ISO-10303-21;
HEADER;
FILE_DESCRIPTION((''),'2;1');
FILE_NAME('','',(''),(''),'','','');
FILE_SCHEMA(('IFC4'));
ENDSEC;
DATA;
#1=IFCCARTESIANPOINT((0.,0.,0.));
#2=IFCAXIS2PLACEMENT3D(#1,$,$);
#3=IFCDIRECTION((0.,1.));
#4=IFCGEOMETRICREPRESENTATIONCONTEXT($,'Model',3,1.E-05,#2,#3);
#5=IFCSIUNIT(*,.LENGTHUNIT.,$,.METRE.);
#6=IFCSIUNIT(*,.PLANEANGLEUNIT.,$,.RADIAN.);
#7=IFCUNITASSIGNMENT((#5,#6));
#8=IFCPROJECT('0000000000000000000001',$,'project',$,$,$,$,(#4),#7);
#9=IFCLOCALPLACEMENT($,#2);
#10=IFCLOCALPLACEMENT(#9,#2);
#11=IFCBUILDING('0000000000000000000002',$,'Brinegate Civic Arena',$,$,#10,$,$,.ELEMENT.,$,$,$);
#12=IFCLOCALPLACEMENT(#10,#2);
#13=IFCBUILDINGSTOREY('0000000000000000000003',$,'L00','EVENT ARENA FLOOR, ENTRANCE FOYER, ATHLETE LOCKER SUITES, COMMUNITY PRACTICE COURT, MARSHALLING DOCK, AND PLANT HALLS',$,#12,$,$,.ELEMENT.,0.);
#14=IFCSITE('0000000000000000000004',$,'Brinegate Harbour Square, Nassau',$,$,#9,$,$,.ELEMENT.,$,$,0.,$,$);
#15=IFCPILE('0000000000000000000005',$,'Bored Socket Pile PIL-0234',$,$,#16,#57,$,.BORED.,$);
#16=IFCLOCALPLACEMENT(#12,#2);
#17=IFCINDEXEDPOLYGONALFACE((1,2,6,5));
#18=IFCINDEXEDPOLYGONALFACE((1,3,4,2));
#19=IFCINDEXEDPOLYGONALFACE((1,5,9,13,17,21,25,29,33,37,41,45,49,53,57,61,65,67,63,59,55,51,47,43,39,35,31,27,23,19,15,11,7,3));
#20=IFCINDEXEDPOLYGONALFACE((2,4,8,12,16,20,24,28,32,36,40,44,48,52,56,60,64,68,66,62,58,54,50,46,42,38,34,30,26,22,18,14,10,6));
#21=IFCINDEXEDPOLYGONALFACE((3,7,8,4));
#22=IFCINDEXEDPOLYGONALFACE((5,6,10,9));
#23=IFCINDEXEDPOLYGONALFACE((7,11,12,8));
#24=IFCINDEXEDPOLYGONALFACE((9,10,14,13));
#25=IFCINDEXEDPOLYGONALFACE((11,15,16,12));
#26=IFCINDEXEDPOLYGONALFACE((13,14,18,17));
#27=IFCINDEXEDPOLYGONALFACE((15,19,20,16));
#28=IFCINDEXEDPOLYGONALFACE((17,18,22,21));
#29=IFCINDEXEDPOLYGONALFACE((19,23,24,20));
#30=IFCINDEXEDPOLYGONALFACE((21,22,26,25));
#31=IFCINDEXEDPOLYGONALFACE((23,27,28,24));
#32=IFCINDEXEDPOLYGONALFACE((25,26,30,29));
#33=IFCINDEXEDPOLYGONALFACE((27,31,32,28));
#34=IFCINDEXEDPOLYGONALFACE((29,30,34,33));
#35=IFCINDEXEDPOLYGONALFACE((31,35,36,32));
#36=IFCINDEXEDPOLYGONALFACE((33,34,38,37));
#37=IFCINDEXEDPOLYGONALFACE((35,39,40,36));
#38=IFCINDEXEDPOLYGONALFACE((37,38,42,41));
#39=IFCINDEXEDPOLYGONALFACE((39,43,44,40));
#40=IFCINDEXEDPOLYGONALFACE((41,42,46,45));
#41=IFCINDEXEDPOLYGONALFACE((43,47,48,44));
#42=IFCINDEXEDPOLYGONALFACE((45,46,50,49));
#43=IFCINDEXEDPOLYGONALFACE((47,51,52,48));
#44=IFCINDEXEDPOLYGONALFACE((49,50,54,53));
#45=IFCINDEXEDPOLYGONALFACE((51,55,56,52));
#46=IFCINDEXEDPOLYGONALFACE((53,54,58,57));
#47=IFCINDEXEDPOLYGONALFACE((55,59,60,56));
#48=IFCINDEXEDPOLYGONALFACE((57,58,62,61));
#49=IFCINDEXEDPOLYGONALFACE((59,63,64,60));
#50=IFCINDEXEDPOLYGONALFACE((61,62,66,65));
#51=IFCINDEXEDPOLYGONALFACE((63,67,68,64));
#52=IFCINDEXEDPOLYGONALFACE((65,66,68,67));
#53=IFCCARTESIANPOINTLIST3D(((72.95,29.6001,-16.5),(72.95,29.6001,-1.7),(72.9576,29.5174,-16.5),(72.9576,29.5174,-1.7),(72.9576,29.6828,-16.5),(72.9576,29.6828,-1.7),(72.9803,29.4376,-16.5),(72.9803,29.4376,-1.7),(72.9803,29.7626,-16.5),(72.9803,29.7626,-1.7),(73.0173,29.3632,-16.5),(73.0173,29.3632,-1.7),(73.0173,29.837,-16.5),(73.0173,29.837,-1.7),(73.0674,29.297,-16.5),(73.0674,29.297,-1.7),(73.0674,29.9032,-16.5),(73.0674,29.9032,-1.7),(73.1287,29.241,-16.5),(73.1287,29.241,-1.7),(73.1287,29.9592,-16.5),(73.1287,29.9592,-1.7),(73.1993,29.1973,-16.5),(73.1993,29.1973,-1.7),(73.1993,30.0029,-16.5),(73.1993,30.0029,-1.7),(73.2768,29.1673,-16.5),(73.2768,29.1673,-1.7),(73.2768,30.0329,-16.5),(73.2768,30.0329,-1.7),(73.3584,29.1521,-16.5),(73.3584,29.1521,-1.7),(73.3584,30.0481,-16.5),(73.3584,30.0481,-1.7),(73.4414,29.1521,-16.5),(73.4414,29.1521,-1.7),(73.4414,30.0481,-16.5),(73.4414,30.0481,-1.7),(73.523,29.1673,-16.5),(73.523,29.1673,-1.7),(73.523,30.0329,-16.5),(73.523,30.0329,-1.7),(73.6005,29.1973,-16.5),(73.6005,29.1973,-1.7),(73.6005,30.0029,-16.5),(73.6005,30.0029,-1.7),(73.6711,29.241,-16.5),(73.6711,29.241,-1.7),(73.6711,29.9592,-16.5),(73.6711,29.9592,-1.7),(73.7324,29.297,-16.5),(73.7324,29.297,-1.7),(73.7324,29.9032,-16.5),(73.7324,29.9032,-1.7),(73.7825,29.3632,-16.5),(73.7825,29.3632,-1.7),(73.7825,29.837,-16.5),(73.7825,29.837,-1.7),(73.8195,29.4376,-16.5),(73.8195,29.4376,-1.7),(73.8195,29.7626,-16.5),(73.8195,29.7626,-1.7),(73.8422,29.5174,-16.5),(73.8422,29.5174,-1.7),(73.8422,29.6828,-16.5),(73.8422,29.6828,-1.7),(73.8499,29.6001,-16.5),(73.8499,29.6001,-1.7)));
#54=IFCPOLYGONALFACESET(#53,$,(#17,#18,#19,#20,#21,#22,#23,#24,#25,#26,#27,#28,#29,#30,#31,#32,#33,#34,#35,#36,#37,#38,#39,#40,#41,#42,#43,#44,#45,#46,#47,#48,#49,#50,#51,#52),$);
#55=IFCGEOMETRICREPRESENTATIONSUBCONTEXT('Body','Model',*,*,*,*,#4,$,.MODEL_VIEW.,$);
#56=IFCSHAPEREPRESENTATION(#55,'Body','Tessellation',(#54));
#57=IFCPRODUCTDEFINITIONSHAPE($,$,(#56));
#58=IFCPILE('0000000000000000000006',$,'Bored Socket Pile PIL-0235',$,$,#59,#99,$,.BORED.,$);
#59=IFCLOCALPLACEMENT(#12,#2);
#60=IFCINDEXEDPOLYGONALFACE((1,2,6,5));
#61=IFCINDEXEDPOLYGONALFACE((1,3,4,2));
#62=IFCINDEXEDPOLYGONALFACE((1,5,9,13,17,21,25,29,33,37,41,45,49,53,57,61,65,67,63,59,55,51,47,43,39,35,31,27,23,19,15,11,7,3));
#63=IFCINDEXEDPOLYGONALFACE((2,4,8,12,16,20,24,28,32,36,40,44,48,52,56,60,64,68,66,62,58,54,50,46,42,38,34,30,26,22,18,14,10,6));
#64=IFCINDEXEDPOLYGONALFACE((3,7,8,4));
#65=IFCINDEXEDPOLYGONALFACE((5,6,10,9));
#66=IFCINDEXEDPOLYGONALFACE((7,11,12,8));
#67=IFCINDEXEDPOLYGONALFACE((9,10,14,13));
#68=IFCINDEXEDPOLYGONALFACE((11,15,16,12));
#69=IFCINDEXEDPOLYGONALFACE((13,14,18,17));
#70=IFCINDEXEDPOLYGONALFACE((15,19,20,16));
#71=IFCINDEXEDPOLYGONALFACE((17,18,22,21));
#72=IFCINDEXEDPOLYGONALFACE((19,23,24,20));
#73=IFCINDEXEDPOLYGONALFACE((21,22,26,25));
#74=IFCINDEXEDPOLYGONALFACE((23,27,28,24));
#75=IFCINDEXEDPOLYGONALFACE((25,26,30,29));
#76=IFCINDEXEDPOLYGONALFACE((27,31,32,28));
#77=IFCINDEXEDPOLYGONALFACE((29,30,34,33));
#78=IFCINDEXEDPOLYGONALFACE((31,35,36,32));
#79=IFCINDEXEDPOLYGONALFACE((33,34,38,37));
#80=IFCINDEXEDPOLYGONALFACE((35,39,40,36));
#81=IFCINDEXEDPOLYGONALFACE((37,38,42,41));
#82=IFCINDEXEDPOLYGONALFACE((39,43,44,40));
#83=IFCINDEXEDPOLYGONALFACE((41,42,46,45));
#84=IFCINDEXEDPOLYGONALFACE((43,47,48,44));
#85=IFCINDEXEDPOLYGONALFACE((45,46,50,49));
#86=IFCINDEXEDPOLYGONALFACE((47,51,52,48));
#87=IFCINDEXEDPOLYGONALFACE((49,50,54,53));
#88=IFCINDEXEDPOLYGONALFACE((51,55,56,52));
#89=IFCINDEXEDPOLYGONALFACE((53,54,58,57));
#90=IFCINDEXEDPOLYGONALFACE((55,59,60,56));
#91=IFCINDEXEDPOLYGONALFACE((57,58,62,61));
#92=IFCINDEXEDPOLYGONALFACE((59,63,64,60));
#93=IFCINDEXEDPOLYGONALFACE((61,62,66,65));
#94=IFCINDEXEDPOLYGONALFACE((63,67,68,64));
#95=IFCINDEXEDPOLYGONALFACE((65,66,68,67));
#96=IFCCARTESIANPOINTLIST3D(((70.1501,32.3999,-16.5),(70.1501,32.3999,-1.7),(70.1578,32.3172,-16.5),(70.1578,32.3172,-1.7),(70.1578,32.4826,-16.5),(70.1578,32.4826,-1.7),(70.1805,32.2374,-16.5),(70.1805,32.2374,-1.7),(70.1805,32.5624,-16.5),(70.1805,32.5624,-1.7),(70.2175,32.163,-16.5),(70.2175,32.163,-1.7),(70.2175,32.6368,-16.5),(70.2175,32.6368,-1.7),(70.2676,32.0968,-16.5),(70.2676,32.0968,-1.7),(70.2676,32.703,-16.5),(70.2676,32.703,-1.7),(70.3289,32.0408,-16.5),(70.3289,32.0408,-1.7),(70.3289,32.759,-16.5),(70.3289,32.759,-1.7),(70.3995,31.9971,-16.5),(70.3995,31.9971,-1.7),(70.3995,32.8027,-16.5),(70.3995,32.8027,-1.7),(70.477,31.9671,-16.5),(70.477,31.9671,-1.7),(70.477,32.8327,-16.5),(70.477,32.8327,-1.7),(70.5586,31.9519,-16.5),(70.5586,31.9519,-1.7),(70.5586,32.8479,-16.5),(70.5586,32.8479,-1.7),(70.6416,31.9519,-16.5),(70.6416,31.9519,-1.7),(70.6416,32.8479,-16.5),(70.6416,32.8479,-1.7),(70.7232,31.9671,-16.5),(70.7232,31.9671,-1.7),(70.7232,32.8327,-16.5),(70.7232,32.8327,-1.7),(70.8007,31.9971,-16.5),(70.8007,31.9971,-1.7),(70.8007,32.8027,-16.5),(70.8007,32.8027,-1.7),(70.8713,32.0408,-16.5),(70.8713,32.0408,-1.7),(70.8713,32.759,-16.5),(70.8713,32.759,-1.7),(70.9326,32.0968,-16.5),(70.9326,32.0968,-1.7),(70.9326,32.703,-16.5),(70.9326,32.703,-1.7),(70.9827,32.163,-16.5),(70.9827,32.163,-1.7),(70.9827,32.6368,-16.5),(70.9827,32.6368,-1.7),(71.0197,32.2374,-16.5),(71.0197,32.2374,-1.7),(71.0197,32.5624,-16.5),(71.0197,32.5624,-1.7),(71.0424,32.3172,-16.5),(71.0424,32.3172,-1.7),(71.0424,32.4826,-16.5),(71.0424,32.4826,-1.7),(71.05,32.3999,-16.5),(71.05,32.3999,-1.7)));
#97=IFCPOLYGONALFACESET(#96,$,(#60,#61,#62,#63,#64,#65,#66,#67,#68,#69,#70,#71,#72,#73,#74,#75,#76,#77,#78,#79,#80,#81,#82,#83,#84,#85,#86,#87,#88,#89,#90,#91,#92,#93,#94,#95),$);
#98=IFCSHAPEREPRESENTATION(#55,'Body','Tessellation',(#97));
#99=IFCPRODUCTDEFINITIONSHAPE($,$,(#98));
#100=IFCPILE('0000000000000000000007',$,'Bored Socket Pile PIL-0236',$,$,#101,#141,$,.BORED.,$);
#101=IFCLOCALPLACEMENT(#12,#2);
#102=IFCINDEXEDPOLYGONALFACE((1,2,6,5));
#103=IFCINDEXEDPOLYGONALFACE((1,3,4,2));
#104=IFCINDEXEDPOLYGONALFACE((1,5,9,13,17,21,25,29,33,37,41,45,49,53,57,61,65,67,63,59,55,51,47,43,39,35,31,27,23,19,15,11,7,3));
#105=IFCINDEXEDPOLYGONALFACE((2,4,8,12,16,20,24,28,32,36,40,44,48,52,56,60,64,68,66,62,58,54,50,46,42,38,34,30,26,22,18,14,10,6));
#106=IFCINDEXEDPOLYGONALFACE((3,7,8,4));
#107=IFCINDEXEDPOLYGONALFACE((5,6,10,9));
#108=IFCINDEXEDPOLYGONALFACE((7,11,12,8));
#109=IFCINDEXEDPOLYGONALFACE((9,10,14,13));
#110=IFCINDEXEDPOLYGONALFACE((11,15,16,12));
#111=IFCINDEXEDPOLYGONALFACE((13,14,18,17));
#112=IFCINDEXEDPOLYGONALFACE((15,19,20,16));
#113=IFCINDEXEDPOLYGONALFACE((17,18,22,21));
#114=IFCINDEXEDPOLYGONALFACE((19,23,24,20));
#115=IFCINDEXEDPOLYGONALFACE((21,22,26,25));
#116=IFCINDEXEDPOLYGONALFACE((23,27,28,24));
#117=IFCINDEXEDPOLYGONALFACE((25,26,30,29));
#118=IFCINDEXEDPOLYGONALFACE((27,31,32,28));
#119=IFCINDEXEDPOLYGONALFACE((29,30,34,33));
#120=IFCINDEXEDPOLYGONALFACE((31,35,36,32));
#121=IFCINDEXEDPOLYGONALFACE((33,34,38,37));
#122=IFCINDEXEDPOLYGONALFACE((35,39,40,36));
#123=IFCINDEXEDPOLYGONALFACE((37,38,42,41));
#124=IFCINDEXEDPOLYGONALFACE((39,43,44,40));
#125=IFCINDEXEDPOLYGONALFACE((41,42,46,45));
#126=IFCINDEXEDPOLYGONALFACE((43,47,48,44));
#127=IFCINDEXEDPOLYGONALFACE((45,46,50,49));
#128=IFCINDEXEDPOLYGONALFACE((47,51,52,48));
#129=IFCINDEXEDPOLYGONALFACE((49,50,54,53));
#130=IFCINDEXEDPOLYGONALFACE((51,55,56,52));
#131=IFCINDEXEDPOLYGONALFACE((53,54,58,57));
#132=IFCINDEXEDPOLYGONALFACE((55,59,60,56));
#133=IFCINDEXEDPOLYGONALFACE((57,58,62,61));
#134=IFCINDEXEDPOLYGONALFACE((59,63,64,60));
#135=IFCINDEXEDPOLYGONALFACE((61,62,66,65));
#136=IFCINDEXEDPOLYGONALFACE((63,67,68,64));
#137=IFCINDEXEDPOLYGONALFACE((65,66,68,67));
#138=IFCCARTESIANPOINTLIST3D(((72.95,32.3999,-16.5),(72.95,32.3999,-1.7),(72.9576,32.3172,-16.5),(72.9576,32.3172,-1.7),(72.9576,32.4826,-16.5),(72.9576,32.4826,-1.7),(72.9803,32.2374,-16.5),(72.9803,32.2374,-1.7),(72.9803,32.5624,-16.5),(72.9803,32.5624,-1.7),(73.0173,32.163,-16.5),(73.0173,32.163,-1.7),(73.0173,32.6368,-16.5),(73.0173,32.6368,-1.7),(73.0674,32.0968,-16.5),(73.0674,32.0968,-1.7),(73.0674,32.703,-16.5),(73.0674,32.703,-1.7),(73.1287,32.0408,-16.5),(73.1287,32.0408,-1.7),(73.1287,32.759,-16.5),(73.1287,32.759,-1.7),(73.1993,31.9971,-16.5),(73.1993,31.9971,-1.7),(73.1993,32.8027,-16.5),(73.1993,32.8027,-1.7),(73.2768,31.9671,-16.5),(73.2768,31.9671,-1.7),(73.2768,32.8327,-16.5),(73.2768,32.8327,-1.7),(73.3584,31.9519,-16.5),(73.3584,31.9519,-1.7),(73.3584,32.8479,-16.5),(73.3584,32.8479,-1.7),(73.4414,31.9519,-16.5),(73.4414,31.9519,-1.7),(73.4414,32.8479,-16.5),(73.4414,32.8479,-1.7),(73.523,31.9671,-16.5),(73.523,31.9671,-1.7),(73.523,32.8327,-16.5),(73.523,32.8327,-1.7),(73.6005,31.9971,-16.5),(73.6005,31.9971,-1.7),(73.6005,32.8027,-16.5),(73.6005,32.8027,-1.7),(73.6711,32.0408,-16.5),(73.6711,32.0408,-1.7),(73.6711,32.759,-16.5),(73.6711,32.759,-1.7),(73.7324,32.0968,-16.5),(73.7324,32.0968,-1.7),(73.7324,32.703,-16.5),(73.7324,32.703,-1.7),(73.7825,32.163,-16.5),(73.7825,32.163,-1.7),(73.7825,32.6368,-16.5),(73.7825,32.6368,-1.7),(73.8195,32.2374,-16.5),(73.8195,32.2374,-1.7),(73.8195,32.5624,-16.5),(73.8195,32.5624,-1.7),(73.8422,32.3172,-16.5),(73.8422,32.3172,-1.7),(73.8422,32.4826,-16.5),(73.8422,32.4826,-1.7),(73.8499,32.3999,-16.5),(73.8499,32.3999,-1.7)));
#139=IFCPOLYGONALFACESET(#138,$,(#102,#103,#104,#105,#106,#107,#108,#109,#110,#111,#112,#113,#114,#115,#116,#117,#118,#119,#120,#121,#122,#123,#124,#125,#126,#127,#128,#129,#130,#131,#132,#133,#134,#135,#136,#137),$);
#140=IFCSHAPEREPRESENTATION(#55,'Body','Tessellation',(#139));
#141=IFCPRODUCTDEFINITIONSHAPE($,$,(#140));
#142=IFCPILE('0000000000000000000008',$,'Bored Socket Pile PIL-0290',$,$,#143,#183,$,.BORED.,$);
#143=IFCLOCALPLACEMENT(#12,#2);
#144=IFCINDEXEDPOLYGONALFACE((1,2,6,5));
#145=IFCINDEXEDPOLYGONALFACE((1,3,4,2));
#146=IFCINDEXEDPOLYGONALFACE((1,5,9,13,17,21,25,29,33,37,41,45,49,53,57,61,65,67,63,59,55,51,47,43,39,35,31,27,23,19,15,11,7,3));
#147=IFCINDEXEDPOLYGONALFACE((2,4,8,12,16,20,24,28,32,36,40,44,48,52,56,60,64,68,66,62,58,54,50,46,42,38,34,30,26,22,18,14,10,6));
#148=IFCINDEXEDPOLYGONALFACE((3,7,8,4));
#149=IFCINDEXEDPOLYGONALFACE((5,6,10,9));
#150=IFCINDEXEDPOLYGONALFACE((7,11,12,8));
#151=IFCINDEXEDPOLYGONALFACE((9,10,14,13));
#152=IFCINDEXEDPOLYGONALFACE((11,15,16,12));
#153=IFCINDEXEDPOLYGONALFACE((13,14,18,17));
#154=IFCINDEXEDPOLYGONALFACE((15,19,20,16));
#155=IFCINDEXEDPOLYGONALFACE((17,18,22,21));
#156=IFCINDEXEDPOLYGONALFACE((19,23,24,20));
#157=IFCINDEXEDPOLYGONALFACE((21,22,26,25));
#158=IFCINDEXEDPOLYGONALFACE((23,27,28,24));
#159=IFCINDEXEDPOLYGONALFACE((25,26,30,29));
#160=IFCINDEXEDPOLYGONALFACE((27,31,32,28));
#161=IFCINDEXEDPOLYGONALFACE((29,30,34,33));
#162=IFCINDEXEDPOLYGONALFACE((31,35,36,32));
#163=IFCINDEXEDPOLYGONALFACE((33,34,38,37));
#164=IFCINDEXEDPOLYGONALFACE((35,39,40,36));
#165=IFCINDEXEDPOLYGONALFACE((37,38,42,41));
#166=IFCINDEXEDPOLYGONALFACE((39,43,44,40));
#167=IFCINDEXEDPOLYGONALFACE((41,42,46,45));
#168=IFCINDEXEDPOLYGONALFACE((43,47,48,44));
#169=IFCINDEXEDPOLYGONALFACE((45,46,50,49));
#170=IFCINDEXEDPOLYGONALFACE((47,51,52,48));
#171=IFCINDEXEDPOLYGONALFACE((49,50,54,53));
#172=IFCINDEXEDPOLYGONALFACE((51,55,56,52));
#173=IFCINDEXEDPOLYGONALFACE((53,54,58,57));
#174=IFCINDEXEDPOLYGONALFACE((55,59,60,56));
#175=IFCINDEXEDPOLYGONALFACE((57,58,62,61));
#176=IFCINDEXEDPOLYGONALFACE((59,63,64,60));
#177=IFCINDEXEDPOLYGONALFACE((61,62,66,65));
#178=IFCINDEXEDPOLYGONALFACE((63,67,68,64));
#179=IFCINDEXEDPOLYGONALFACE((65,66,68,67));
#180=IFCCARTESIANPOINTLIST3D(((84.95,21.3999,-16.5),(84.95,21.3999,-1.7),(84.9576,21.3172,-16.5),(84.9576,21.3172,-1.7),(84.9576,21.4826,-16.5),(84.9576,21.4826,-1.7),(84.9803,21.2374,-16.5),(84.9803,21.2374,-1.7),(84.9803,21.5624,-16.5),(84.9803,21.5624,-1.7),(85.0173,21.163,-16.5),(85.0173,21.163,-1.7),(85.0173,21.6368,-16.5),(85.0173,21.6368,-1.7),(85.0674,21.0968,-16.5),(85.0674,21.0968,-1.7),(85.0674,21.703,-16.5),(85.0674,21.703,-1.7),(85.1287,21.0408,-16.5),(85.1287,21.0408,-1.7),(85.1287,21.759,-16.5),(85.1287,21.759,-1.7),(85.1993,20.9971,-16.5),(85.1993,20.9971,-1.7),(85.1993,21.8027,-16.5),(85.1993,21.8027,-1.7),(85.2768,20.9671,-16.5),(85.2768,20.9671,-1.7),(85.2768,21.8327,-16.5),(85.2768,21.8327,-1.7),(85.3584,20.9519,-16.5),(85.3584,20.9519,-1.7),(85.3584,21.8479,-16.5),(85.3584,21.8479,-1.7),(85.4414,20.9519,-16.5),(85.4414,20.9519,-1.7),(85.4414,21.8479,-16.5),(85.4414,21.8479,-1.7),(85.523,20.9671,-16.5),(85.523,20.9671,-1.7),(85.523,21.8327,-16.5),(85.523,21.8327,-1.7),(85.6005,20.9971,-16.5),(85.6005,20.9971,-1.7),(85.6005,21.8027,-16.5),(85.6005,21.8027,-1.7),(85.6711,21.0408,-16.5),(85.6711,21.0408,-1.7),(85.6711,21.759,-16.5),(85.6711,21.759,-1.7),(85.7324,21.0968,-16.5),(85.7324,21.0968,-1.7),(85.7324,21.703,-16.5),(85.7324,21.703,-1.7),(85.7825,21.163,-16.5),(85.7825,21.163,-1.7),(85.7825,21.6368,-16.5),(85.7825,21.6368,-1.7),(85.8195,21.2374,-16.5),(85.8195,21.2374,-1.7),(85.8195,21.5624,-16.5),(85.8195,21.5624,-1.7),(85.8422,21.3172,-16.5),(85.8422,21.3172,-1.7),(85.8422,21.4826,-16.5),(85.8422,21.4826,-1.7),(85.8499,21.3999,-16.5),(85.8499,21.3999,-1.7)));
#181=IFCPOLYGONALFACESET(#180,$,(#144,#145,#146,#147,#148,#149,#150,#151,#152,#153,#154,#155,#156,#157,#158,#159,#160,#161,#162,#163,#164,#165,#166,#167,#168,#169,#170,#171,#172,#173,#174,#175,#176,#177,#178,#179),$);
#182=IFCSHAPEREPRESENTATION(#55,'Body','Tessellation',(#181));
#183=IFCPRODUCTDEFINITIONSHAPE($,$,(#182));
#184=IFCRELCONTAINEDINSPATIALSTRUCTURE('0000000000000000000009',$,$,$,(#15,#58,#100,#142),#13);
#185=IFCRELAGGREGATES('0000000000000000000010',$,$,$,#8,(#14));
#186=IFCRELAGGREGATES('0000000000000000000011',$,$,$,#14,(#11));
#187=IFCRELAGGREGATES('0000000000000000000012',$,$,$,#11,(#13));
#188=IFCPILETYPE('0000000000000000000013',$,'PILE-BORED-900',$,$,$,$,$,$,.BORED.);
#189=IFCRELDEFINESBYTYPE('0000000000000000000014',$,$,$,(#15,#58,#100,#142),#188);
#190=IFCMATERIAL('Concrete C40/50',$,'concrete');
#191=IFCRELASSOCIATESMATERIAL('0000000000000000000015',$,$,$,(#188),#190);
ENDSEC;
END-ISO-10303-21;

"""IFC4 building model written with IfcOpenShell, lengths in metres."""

from ifc_helpers import new_model, si_unit, direction, frame, origin, origin_2d, place, context, subcontext, project, spatial, circle, extrude, material, material_profile, profile_set, type_object, element, save


model = new_model("IFC4")

# Units and contexts
model_context = context("Model", 3, precision=1e-05, world=origin(), true_north=direction((0.0, 1.0)))
body_context = subcontext(model_context, "Body", "Model", "MODEL_VIEW")
ifc_project = project(units=[si_unit("LENGTHUNIT", "METRE"), si_unit("PLANEANGLEUNIT", "RADIAN")], contexts=[model_context])

# Site, building, storey
site_placement = place(None, origin())
site = spatial("IfcSite", under=ifc_project, at=site_placement, Name="Brinegate Harbour Square, Nassau", CompositionType="ELEMENT", RefElevation=0.0)
building_placement = place(site_placement, origin())
building = spatial("IfcBuilding", under=site, at=building_placement, Name="Brinegate Civic Arena", CompositionType="ELEMENT")
storey_placement = place(building_placement, origin())
storey = spatial("IfcBuildingStorey", under=building, at=storey_placement, Name="L00", Description="EVENT ARENA FLOOR, ENTRANCE FOYER, ATHLETE LOCKER SUITES, COMMUNITY PRACTICE COURT, MARSHALLING DOCK, AND PLANT HALLS", CompositionType="ELEMENT", Elevation=0.0)

# Shared definitions
ifc_material_1 = material(Name="Concrete C40/50", Category="concrete")

# Piles
ifc_material_profile_1 = material_profile(ifc_material_1, circle(Radius=0.45, at=origin_2d()), Name="PILED900")
ifc_profile_set_1 = profile_set([ifc_material_profile_1], Name="Concrete C40/50")
pile_type_1 = type_object("IfcPileType", Name="PILE-BORED-900", PredefinedType="BORED", material=ifc_profile_set_1)
for number, where, z_axis, x_axis, name in (
    (1, (73.3999, 29.6001, -1.7), (0.0, 0.0, -1.0), (1.0, 0.0, 0.0), "Bored Socket Pile PIL-0234"),
    (2, (70.6001, 32.3999, -1.7), (0.0, 0.0, -1.0), (1.0, 0.0, 0.0), "Bored Socket Pile PIL-0235"),
    (3, (73.3999, 32.3999, -1.7), (0.0, 0.0, -1.0), (1.0, 0.0, 0.0), "Bored Socket Pile PIL-0236"),
    (4, (85.3999, 21.3999, -1.7), (0.0, 0.0, -1.0), (1.0, 0.0, 0.0), "Bored Socket Pile PIL-0290"),
):
    element("IfcPile", number, at=place(storey_placement, frame(where, z_axis=z_axis, x_axis=x_axis)), inside=storey, type_object=pile_type_1, Name=name, PredefinedType="BORED", context=body_context, shape_type="SweptSolid", body=[
        extrude(circle(Radius=0.45, at=origin_2d()), origin(), (0.0, 0.0, 1.0), 14.8),
    ])

save(model, "model.ifc")
